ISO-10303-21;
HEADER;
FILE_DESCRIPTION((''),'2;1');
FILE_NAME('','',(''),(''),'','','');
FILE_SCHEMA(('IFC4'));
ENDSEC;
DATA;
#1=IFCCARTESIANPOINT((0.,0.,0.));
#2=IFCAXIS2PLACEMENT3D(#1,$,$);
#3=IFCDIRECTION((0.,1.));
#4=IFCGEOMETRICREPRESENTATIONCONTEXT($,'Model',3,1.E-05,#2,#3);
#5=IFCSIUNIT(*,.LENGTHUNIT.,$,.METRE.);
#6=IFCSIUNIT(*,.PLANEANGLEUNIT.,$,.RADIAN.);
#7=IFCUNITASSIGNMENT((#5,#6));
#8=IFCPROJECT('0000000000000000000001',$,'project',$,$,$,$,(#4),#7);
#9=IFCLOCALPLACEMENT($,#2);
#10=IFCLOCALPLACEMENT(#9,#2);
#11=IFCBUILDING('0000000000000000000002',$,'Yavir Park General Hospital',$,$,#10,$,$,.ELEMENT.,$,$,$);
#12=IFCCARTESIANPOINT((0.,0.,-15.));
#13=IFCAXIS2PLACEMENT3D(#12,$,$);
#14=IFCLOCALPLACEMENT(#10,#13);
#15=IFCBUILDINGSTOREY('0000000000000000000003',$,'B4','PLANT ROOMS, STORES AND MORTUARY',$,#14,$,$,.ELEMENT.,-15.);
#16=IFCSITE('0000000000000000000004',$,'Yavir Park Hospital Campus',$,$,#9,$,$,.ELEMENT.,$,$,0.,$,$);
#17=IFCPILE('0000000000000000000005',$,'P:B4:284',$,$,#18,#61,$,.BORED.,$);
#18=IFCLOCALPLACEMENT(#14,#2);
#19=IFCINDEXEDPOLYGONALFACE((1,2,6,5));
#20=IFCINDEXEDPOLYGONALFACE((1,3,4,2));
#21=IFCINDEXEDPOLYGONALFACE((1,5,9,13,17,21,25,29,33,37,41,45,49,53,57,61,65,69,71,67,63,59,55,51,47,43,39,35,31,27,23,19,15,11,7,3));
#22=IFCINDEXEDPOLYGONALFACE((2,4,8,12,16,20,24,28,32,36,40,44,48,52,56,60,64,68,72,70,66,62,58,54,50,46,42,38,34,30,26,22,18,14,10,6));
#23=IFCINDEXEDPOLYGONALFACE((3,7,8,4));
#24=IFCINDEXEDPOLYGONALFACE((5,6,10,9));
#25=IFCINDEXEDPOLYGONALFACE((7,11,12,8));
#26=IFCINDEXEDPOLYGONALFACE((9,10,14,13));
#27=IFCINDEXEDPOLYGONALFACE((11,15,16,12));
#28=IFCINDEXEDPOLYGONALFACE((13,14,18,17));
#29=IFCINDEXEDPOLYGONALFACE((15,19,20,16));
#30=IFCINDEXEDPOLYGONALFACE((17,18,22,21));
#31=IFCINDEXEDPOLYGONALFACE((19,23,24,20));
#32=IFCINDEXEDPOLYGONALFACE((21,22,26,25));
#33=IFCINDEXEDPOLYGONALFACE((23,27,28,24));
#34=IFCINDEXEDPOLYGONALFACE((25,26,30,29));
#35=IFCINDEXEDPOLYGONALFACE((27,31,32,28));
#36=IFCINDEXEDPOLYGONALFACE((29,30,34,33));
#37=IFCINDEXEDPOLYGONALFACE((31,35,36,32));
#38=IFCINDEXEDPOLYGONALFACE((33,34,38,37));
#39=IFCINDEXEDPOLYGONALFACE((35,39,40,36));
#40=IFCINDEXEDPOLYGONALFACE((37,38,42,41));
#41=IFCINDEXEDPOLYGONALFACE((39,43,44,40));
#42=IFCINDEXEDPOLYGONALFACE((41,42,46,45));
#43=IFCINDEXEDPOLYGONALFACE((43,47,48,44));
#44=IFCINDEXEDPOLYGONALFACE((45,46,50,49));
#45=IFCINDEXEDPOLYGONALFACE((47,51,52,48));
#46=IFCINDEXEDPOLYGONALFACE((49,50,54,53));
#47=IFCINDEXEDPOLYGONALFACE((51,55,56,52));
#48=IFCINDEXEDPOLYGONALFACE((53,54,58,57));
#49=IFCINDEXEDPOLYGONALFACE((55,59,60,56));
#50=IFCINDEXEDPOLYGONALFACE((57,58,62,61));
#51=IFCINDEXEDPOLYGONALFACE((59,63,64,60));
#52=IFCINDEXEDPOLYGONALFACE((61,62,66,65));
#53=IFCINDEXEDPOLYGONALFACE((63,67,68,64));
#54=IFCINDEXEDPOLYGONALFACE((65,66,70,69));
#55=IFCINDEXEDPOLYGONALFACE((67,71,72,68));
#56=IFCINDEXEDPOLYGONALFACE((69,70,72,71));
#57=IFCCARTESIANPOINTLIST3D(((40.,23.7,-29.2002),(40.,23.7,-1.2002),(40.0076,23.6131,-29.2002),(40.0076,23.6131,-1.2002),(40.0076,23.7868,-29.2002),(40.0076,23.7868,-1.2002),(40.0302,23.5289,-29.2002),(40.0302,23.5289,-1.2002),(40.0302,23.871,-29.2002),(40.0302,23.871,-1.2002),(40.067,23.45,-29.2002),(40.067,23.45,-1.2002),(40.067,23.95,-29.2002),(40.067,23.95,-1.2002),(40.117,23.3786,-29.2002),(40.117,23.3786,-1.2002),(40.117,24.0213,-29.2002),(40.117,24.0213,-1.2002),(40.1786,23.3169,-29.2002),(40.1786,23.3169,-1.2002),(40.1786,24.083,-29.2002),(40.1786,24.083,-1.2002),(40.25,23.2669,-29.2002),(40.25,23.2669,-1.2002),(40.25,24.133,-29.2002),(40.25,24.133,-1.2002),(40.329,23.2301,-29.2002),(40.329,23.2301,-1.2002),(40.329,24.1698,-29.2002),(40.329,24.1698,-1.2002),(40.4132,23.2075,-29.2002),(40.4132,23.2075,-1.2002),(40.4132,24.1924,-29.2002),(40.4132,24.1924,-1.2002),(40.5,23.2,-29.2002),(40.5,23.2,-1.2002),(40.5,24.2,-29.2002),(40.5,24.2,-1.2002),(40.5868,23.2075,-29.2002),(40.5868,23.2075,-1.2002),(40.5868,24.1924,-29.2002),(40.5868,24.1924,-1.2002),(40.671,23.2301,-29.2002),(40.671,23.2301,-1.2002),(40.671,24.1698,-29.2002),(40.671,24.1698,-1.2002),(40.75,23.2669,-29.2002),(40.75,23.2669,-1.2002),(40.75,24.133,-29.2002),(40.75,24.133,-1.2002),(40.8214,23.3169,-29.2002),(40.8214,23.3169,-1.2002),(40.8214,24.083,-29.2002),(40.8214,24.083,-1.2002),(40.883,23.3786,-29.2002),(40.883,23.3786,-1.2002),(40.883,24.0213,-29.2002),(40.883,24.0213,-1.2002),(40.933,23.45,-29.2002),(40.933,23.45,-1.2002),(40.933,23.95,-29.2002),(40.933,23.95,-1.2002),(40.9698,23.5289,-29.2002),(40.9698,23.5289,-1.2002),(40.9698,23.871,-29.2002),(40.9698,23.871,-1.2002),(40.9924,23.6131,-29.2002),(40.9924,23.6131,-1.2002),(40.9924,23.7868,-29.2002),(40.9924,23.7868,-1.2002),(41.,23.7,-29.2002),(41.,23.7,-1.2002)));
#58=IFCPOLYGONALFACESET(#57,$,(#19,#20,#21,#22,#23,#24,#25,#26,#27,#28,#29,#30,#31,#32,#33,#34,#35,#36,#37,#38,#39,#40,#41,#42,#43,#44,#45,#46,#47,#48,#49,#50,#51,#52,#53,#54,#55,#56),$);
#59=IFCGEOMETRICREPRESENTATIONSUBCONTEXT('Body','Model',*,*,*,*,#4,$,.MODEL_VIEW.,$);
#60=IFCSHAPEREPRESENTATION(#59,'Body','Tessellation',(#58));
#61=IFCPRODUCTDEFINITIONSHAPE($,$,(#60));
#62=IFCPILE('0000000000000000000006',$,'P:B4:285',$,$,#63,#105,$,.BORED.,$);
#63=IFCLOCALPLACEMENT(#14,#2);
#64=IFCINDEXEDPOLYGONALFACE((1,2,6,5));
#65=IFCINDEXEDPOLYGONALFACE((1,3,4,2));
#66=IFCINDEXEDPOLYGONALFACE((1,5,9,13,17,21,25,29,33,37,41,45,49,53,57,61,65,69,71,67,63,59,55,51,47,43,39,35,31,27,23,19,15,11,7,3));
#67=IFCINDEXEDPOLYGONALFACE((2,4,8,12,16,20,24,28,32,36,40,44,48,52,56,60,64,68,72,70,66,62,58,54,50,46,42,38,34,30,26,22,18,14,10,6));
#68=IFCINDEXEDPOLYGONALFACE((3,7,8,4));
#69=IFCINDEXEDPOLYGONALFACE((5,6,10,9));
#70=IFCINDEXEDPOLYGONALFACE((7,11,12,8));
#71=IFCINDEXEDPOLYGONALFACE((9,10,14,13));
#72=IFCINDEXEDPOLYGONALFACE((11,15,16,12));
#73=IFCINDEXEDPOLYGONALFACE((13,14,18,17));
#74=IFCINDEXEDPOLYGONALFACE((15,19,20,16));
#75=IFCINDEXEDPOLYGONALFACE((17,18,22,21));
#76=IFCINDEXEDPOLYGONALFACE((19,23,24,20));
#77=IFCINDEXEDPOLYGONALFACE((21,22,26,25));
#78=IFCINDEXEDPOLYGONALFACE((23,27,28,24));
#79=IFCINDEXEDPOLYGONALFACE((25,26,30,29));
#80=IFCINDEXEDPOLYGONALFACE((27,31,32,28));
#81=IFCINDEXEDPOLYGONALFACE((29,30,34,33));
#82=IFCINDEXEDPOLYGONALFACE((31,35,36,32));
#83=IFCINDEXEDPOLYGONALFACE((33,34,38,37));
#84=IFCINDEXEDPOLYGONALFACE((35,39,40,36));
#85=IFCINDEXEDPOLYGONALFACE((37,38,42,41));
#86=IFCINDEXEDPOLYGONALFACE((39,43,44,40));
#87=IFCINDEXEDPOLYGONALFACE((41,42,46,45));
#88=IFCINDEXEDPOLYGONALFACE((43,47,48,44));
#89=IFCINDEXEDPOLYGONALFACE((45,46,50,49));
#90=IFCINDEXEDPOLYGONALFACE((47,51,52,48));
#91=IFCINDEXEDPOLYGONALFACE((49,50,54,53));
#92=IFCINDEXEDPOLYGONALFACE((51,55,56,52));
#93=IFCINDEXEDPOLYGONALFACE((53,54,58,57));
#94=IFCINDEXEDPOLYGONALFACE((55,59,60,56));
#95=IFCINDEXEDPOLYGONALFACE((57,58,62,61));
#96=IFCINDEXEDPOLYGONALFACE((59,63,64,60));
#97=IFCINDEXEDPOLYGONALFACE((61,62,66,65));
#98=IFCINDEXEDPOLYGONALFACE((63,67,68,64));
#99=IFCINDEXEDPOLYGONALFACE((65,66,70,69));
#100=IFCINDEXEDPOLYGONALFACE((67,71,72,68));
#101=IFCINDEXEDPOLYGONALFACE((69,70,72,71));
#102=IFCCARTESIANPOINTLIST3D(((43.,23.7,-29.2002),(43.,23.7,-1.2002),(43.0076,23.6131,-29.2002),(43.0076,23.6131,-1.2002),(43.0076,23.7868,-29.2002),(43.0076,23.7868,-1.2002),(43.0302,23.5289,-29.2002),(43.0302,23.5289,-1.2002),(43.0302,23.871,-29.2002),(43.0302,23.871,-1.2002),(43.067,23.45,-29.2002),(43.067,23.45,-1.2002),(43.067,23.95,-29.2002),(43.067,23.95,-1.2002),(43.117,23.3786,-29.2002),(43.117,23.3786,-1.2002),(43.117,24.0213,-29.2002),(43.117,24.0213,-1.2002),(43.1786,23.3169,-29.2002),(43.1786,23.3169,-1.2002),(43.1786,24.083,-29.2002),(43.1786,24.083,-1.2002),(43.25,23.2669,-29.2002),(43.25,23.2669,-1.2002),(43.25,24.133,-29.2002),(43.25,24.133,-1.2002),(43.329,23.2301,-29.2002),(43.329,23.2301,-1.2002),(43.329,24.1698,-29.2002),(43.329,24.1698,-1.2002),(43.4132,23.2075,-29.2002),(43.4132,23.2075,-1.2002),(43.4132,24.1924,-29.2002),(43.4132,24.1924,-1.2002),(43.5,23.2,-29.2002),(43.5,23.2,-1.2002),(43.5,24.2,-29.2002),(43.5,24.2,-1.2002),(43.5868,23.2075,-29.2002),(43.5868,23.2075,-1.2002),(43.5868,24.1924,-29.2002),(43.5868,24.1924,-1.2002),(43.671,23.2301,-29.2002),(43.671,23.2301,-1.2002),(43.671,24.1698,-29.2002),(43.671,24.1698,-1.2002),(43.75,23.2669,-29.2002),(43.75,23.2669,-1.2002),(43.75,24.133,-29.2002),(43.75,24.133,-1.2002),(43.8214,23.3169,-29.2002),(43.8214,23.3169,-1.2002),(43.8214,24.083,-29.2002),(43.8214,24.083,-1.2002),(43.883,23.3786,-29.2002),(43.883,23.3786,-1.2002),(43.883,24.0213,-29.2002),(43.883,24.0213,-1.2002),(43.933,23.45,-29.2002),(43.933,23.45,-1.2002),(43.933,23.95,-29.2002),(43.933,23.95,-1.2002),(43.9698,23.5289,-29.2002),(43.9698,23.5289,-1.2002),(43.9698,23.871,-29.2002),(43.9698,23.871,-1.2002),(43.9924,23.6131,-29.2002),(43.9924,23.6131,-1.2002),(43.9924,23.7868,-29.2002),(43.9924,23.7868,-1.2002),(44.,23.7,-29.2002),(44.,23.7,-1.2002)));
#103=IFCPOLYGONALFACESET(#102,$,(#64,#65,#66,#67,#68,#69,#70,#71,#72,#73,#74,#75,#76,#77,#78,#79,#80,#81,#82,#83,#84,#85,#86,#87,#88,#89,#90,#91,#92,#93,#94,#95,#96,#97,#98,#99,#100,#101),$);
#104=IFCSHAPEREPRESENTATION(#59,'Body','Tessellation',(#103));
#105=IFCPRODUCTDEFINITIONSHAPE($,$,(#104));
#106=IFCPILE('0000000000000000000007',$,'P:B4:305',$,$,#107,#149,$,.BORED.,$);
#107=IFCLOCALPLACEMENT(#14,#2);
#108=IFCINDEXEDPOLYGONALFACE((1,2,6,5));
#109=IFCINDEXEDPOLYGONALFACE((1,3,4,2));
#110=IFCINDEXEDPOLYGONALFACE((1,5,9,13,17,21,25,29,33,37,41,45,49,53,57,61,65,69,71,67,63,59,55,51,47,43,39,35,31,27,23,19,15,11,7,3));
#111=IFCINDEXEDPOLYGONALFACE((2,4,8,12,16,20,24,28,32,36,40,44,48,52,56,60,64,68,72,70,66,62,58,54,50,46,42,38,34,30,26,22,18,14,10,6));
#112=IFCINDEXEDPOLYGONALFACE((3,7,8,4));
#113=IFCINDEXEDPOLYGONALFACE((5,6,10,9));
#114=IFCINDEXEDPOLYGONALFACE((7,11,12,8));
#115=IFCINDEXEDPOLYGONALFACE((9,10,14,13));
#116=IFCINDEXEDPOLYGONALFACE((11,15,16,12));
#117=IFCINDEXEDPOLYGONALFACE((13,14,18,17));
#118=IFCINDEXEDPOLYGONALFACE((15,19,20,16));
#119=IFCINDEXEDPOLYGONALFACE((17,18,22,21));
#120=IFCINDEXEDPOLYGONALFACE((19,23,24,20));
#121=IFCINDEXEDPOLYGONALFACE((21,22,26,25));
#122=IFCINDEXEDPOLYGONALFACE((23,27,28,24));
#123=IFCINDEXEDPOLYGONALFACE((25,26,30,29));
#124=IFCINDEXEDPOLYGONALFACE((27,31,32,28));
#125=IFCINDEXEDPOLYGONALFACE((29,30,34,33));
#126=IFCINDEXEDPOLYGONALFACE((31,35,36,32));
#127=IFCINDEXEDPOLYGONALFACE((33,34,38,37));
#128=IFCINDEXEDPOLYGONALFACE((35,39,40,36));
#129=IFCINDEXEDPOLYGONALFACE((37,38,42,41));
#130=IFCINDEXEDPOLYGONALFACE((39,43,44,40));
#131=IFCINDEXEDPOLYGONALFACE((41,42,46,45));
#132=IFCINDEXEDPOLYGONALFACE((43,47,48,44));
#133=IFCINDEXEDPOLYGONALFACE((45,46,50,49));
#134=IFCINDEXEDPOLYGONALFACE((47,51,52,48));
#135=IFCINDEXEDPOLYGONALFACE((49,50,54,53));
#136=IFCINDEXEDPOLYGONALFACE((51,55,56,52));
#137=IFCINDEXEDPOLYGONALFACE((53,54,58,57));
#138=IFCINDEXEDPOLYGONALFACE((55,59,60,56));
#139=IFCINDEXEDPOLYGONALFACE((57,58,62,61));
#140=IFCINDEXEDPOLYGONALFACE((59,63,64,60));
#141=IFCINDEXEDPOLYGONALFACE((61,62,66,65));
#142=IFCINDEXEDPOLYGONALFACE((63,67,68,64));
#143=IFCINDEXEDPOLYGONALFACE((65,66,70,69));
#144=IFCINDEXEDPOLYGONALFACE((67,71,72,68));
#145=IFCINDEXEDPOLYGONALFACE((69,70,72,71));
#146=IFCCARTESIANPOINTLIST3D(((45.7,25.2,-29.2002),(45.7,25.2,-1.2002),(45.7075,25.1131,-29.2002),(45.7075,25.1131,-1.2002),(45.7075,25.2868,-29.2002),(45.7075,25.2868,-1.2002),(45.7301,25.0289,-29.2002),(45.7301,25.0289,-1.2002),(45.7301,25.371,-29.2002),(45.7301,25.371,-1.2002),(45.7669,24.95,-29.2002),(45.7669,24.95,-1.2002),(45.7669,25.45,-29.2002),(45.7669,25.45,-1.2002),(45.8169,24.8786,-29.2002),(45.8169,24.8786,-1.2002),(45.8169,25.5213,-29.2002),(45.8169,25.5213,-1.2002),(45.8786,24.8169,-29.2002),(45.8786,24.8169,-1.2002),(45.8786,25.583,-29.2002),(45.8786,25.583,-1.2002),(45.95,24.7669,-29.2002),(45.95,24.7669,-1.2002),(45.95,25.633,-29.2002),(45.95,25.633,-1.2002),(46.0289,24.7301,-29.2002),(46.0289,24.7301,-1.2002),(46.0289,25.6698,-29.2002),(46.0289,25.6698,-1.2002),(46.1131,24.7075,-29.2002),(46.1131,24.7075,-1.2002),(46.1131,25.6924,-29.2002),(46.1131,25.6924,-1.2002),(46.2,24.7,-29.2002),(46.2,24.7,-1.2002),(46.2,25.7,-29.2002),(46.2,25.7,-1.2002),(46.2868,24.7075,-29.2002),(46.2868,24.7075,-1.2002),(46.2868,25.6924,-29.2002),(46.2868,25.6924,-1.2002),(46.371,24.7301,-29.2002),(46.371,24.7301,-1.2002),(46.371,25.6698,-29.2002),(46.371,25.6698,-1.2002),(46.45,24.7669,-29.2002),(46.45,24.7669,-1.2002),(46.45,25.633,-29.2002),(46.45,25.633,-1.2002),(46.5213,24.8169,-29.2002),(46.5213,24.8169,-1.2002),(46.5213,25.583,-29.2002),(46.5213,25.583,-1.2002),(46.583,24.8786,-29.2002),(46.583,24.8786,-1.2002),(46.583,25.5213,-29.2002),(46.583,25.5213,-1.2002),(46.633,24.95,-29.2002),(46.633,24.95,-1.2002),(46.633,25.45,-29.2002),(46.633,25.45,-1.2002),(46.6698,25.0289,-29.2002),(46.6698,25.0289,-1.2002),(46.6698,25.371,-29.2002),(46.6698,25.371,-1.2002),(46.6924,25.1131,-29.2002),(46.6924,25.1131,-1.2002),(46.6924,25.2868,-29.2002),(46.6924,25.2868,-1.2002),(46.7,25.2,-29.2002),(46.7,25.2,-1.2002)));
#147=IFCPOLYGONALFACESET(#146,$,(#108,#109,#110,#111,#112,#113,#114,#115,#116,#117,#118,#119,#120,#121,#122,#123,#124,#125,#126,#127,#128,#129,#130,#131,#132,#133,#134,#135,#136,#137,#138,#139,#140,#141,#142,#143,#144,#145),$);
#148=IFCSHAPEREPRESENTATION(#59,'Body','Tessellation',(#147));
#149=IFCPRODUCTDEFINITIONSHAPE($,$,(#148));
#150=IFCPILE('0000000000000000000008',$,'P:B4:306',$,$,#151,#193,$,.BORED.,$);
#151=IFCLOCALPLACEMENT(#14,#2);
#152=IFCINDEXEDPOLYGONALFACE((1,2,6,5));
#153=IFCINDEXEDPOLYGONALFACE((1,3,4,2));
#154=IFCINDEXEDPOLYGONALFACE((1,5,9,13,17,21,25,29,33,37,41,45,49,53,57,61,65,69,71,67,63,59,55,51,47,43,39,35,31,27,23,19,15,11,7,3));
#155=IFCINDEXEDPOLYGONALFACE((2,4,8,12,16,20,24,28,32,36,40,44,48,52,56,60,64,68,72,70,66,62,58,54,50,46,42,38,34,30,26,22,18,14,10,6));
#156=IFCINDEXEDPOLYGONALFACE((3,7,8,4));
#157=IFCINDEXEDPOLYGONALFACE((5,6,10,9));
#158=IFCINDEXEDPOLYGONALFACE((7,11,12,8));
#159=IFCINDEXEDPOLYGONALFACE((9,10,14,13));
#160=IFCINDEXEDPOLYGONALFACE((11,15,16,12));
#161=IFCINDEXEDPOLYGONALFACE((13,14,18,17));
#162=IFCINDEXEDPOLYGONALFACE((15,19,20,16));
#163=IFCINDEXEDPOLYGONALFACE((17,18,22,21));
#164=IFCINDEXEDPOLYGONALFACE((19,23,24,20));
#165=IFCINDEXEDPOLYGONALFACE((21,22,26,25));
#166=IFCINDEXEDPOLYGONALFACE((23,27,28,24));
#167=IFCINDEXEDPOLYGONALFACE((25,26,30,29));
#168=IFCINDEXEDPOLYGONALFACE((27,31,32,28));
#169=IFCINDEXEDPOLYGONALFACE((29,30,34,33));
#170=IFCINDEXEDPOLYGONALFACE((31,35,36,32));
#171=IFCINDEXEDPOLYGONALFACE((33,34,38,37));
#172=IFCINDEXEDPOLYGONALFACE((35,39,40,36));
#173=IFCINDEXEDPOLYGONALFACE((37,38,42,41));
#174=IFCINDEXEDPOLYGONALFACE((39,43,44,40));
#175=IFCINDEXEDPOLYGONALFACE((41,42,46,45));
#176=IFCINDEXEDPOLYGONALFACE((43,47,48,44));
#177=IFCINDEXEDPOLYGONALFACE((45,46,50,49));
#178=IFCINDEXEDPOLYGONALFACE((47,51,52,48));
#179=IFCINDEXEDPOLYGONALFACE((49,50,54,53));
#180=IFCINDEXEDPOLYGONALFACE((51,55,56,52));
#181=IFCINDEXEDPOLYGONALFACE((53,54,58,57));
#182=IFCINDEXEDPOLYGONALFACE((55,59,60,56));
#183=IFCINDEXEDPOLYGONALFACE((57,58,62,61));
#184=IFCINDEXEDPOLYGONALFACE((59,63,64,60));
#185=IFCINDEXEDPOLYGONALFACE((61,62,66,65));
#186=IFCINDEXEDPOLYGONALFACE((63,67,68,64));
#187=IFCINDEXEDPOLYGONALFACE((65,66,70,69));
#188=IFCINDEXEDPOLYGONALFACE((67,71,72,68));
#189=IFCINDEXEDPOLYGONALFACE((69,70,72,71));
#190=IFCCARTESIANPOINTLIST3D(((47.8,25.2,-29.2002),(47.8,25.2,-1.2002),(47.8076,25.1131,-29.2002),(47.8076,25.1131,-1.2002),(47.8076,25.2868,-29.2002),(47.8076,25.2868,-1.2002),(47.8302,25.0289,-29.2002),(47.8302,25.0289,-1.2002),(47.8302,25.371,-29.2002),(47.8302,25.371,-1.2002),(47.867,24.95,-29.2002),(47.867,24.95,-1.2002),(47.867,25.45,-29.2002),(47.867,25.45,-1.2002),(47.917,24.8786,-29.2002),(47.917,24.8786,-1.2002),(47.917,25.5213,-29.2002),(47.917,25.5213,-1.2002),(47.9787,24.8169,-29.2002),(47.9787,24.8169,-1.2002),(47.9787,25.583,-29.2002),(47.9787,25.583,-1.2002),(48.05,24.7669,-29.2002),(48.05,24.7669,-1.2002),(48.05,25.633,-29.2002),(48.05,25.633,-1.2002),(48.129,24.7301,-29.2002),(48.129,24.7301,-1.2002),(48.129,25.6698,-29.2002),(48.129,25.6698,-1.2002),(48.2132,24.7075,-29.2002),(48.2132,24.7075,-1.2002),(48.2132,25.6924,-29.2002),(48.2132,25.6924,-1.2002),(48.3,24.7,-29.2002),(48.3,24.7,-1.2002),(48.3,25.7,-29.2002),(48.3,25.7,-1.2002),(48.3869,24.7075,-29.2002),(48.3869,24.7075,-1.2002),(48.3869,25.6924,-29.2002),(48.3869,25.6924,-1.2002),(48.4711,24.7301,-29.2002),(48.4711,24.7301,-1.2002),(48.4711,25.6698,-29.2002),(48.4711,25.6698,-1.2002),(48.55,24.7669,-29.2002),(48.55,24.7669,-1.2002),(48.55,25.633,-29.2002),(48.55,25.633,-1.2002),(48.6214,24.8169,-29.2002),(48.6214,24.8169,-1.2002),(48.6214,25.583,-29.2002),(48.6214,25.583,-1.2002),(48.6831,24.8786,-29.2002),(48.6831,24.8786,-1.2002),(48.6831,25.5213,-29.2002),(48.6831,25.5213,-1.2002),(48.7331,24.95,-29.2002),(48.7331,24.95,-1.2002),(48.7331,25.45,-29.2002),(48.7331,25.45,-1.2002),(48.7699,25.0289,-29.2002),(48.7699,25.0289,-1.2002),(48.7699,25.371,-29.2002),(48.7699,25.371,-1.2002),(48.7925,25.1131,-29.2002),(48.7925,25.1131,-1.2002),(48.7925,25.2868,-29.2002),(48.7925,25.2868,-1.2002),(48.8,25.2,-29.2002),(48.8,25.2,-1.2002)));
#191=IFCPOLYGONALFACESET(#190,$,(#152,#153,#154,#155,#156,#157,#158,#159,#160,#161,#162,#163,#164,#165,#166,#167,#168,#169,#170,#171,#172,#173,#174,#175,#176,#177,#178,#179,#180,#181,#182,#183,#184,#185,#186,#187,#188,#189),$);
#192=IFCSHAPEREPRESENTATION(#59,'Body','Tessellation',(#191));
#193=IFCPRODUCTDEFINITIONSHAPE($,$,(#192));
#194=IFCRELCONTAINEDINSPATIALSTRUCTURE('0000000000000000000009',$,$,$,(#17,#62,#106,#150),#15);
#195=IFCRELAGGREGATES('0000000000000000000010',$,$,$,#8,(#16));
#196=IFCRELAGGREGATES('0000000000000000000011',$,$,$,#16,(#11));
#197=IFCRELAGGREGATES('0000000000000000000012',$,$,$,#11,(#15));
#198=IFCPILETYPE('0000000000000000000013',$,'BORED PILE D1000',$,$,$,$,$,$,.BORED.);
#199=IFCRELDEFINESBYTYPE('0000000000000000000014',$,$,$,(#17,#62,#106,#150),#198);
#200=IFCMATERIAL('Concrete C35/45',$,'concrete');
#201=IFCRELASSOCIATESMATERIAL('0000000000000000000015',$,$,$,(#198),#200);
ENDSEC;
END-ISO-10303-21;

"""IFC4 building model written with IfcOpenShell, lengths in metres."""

from ifc_helpers import new_model, si_unit, direction, frame, origin, origin_2d, place, context, subcontext, project, spatial, circle, extrude, material, material_profile, profile_set, type_object, element, save


model = new_model("IFC4")

# Units and contexts
model_context = context("Model", 3, precision=1e-05, world=origin(), true_north=direction((0.0, 1.0)))
body_context = subcontext(model_context, "Body", "Model", "MODEL_VIEW")
ifc_project = project(units=[si_unit("LENGTHUNIT", "METRE"), si_unit("PLANEANGLEUNIT", "RADIAN")], contexts=[model_context])

# Site, building, storey
site_placement = place(None, origin())
site = spatial("IfcSite", under=ifc_project, at=site_placement, Name="Yavir Park Hospital Campus", CompositionType="ELEMENT", RefElevation=0.0)
building_placement = place(site_placement, origin())
building = spatial("IfcBuilding", under=site, at=building_placement, Name="Yavir Park General Hospital", CompositionType="ELEMENT")
storey_placement = place(building_placement, frame((0.0, 0.0, -15.0)))
storey = spatial("IfcBuildingStorey", under=building, at=storey_placement, Name="B4", Description="PLANT ROOMS, STORES AND MORTUARY", CompositionType="ELEMENT", Elevation=-15.0)

# Piles
ifc_material_1 = material(Name="Concrete C35/45", Category="concrete")
ifc_material_profile_1 = material_profile(ifc_material_1, circle(Radius=0.5, at=origin_2d()), Name="D1000")
ifc_profile_set_1 = profile_set([ifc_material_profile_1], Name="Concrete C35/45")
pile_type_1 = type_object("IfcPileType", Name="BORED PILE D1000", PredefinedType="BORED", material=ifc_profile_set_1)
for number, where, z_axis, x_axis, name in (
    (1, (40.5, 23.7, -1.2002), (0.0, 0.0, -1.0), (1.0, 0.0, 0.0), "P:B4:284"),
    (2, (43.5, 23.7, -1.2002), (0.0, 0.0, -1.0), (1.0, 0.0, 0.0), "P:B4:285"),
    (3, (46.2, 25.2, -1.2002), (0.0, 0.0, -1.0), (1.0, 0.0, 0.0), "P:B4:305"),
    (4, (48.3, 25.2, -1.2002), (0.0, 0.0, -1.0), (1.0, 0.0, 0.0), "P:B4:306"),
):
    element("IfcPile", number, at=place(storey_placement, frame(where, z_axis=z_axis, x_axis=x_axis)), inside=storey, type_object=pile_type_1, Name=name, PredefinedType="BORED", context=body_context, shape_type="SweptSolid", body=[
        extrude(circle(Radius=0.5, at=origin_2d()), origin(), (0.0, 0.0, 1.0), 28.0),
    ])

save(model, "model.ifc")
